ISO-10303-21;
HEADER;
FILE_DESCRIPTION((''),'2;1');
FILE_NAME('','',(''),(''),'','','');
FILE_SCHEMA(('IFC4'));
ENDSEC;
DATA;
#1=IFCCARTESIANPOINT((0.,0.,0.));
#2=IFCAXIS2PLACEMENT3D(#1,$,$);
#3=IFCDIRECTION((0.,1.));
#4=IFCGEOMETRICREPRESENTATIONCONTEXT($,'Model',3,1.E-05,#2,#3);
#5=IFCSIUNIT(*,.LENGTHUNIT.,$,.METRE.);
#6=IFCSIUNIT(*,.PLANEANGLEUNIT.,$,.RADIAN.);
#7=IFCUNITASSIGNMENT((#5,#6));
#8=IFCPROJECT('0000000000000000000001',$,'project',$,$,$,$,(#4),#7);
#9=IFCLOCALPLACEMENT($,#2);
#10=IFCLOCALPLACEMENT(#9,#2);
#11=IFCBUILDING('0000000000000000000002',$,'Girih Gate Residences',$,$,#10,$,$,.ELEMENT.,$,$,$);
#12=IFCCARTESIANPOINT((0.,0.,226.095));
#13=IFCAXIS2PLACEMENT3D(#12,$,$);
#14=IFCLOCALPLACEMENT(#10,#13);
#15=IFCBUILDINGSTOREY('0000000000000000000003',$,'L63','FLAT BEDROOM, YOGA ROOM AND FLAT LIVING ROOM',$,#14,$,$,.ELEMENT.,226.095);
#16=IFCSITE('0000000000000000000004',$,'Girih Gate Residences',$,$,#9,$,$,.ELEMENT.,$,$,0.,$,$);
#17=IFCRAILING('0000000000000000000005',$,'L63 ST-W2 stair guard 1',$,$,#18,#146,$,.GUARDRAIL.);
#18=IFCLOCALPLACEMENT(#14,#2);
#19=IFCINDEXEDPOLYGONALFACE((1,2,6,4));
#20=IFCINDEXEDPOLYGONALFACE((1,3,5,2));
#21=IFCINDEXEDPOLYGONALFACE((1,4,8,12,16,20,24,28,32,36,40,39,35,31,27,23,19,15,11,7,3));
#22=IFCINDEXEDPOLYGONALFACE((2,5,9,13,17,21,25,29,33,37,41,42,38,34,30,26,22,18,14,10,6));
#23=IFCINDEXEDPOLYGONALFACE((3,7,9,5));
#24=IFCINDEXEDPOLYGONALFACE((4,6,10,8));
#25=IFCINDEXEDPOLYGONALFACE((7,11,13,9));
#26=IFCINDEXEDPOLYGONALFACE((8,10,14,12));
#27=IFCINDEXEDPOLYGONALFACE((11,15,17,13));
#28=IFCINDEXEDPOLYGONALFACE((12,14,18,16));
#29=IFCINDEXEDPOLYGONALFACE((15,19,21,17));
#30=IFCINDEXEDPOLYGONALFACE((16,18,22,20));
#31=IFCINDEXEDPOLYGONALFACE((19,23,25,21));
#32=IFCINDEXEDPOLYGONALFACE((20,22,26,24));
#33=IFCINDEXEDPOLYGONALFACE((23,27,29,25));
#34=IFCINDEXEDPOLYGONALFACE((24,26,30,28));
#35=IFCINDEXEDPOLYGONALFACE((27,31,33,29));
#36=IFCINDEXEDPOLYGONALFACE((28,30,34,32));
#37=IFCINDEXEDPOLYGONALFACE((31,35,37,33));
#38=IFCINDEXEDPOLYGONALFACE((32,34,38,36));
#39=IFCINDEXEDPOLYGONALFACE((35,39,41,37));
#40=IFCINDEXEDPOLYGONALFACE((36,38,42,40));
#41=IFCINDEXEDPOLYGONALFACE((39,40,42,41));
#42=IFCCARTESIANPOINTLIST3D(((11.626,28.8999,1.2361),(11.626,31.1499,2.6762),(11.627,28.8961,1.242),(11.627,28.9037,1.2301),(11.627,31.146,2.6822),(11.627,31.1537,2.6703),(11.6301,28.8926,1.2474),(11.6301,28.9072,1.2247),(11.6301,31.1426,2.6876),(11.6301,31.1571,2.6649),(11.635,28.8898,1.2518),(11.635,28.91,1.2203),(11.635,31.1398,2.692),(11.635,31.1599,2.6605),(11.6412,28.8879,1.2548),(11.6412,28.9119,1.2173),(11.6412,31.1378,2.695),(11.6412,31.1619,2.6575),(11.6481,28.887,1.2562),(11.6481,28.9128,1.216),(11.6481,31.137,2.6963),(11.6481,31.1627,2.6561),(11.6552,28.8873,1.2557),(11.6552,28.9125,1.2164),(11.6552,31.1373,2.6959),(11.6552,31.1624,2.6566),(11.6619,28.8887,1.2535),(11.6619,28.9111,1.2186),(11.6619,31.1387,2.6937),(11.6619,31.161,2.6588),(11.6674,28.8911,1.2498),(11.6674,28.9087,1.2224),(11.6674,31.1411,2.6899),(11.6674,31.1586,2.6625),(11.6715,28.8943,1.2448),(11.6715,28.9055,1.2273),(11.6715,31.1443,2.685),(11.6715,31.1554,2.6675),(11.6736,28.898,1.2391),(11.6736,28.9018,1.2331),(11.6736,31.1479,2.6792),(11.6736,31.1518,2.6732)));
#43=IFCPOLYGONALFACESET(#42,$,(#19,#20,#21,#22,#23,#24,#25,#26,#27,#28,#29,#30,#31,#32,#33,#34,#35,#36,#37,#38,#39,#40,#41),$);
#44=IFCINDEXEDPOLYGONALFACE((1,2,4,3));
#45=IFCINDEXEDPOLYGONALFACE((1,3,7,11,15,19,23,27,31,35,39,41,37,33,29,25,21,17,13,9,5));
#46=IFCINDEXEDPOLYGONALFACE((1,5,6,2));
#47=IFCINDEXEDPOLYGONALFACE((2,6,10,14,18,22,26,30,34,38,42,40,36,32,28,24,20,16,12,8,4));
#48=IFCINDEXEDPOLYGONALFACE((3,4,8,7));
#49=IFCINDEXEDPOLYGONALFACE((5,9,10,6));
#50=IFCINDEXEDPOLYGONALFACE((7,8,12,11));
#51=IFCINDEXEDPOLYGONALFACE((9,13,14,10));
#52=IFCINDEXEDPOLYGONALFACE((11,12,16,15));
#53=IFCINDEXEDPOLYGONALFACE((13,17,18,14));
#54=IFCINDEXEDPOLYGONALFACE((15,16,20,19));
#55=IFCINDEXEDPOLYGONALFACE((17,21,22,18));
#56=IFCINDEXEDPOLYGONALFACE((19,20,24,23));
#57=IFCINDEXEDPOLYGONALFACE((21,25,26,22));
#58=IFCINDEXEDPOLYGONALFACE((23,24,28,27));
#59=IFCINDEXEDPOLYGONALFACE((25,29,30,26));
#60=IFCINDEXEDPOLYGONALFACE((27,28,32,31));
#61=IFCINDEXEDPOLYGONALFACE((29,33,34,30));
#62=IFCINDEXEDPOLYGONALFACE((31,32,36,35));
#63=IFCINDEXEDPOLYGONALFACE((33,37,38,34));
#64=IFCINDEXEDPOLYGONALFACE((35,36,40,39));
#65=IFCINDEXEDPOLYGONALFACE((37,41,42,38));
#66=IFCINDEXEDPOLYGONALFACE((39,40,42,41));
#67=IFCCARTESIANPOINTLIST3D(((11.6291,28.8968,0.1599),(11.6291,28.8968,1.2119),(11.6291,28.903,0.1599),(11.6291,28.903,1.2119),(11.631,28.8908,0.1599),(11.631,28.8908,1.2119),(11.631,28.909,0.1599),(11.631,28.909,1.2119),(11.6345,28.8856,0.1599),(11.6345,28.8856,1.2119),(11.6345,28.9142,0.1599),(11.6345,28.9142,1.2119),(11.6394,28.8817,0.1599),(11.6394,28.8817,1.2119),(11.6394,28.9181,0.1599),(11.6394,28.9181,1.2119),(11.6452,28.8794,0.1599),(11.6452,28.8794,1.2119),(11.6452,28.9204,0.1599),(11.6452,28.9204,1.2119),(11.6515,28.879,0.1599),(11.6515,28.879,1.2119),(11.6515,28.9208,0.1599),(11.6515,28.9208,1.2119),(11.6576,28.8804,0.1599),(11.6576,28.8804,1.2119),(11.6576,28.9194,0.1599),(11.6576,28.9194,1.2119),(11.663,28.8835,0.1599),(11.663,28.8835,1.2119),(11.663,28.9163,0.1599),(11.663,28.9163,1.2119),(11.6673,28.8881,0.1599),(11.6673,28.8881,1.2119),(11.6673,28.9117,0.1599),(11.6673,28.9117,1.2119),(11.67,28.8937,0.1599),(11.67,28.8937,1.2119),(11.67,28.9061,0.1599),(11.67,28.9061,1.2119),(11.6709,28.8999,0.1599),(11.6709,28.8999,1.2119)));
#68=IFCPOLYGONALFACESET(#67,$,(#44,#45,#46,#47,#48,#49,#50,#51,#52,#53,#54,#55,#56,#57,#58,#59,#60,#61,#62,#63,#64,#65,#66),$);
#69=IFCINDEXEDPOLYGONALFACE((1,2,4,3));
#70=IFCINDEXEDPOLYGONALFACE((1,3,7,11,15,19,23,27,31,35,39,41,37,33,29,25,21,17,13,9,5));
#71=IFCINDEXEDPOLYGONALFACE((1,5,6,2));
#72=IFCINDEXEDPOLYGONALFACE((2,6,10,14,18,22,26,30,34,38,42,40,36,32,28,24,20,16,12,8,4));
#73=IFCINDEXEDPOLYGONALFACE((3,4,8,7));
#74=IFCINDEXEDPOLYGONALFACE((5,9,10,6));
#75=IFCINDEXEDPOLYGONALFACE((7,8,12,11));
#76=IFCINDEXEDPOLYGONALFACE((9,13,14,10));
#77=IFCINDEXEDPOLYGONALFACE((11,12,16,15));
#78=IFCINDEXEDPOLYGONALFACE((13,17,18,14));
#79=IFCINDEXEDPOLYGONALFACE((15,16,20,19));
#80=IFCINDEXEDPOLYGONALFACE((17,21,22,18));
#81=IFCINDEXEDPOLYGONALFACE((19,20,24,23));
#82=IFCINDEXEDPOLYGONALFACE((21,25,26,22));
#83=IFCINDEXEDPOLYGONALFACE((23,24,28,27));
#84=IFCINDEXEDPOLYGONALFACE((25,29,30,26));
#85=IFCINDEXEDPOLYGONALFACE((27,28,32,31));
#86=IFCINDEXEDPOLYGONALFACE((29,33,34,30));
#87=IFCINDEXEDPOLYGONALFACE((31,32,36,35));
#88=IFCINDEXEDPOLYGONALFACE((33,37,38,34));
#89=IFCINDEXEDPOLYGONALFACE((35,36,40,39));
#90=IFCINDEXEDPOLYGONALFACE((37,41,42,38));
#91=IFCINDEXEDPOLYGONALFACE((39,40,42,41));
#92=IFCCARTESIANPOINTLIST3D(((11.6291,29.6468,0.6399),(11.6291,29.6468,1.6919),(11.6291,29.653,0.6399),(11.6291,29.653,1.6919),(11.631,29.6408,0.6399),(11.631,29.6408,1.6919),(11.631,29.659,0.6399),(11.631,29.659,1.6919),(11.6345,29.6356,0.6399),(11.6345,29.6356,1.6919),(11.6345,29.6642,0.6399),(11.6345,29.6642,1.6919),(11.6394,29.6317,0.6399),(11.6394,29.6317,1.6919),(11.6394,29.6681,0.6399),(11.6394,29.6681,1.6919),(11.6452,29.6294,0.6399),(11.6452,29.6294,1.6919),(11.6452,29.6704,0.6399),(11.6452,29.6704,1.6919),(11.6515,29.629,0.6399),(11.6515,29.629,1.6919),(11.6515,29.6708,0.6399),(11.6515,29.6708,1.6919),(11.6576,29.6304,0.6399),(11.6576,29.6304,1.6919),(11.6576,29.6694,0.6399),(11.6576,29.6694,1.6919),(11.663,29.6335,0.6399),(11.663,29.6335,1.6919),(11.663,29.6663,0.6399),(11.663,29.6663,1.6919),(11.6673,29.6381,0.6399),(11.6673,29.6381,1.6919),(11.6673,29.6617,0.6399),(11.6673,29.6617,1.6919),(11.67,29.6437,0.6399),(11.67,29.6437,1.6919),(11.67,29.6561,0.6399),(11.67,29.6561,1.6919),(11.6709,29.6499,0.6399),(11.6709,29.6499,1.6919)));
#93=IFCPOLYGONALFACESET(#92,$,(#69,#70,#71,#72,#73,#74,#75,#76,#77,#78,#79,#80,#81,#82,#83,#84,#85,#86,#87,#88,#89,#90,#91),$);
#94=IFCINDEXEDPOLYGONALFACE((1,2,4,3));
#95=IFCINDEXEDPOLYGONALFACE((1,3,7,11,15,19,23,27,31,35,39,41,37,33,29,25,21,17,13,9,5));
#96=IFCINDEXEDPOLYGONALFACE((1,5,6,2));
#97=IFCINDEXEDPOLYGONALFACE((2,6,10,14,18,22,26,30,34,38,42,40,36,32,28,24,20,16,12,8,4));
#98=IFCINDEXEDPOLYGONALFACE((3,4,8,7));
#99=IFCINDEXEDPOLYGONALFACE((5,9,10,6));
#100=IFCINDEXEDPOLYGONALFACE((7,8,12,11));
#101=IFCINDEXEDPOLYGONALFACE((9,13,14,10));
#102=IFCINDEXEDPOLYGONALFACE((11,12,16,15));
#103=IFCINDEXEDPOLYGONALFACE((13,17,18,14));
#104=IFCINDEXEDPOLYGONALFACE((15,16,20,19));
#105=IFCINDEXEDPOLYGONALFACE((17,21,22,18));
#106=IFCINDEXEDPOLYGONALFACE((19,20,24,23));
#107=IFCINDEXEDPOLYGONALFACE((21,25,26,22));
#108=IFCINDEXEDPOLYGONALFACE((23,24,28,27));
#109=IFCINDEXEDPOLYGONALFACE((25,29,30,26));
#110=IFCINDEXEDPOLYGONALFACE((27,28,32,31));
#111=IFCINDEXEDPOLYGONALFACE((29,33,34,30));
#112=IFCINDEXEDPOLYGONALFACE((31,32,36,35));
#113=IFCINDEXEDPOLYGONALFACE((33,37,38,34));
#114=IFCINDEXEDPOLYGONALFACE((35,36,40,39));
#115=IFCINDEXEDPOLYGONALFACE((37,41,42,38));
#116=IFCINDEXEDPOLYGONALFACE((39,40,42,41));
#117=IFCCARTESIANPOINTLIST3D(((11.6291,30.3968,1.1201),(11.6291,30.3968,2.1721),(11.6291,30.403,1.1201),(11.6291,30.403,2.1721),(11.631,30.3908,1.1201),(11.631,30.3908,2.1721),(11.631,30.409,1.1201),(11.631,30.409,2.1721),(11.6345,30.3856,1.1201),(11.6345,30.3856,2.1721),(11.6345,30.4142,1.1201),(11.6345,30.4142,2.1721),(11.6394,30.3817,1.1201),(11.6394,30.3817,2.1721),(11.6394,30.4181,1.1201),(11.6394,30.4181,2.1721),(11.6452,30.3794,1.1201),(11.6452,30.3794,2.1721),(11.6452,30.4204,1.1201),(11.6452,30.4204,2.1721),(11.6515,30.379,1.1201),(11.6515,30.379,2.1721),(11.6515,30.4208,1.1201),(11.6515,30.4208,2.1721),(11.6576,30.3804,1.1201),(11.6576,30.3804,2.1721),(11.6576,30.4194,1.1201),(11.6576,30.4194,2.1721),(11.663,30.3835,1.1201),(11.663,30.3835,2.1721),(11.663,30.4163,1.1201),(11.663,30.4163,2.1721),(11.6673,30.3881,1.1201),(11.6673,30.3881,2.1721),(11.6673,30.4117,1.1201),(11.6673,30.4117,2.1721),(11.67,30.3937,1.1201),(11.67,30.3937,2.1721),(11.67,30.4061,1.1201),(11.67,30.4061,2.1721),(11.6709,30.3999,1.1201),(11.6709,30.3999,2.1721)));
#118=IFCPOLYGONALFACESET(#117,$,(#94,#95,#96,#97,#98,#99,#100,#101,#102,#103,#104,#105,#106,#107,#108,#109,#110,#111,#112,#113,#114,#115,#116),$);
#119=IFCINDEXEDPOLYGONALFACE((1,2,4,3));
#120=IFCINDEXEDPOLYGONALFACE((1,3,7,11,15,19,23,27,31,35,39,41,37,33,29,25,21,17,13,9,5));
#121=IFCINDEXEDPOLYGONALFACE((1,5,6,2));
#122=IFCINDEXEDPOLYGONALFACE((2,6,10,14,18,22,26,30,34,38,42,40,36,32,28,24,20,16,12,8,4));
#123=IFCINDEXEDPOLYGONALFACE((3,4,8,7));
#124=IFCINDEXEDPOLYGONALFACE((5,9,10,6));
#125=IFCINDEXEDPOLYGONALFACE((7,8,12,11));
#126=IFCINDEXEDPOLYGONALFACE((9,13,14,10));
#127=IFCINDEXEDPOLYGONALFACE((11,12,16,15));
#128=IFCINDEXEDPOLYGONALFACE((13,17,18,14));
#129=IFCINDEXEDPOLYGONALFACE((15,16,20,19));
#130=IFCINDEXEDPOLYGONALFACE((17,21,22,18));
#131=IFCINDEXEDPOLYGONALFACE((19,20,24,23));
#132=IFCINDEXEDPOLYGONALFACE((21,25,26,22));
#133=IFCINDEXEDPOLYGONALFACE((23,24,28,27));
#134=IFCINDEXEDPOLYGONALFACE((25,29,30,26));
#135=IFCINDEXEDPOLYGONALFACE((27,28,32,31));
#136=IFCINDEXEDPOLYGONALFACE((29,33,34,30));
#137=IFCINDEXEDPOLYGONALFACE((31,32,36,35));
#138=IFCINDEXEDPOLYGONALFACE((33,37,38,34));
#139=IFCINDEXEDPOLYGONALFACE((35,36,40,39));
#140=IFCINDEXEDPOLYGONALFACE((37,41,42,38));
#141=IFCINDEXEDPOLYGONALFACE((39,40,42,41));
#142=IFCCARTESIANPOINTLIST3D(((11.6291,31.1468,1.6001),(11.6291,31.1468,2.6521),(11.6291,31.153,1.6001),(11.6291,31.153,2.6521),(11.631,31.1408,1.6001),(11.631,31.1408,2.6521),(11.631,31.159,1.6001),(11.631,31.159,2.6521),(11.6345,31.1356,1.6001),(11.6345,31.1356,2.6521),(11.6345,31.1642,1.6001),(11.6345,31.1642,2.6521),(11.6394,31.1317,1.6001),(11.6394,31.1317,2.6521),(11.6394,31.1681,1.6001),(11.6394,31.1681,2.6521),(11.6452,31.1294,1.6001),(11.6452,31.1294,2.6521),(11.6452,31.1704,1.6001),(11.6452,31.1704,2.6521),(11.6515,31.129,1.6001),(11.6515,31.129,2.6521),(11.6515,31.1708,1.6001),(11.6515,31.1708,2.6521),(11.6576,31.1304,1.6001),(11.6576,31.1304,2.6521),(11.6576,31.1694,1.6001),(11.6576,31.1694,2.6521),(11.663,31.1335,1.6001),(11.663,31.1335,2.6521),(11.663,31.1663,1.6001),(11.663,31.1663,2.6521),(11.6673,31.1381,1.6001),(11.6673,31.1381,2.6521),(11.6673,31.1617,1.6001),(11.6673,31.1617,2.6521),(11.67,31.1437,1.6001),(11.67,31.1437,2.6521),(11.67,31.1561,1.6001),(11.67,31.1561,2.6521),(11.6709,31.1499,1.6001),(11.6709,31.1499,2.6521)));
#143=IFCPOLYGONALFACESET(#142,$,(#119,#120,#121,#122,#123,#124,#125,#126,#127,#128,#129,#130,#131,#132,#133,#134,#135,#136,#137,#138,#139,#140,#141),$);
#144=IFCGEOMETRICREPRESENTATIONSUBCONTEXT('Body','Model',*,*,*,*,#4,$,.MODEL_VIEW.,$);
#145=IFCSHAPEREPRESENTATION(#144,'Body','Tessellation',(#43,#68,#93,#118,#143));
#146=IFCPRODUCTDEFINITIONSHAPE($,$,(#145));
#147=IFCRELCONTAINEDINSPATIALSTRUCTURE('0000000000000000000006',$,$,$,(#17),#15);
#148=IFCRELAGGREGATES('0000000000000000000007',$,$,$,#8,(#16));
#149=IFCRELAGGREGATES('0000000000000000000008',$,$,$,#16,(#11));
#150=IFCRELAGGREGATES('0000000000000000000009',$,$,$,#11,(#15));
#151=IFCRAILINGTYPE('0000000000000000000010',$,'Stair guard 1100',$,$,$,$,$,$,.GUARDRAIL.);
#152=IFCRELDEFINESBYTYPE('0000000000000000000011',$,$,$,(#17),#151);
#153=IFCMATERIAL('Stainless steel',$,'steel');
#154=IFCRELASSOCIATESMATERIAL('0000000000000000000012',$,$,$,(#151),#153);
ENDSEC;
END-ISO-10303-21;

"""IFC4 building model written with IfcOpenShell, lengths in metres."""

from ifc_helpers import new_model, si_unit, direction, frame, origin, origin_2d, place, context, subcontext, project, spatial, circle, extrude, material, type_object, element, save


model = new_model("IFC4")

# Units and contexts
model_context = context("Model", 3, precision=1e-05, world=origin(), true_north=direction((0.0, 1.0)))
body_context = subcontext(model_context, "Body", "Model", "MODEL_VIEW")
ifc_project = project(units=[si_unit("LENGTHUNIT", "METRE"), si_unit("PLANEANGLEUNIT", "RADIAN")], contexts=[model_context])

# Site, building, storey
site_placement = place(None, origin())
site = spatial("IfcSite", under=ifc_project, at=site_placement, Name="Girih Gate Residences", CompositionType="ELEMENT", RefElevation=0.0)
building_placement = place(site_placement, origin())
building = spatial("IfcBuilding", under=site, at=building_placement, Name="Girih Gate Residences", CompositionType="ELEMENT")
storey_placement = place(building_placement, frame((0.0, 0.0, 226.095)))
storey = spatial("IfcBuildingStorey", under=building, at=storey_placement, Name="L63", Description="FLAT BEDROOM, YOGA ROOM AND FLAT LIVING ROOM", CompositionType="ELEMENT", Elevation=226.095)

# Shared definitions
ifc_material_1 = material(Name="Stainless steel", Category="steel")

# Railing
railing_type_1 = type_object("IfcRailingType", Name="Stair guard 1100", PredefinedType="GUARDRAIL", material=ifc_material_1)
railing_1_placement = place(storey_placement, frame((11.6499, 28.8999, 0.1599)))
element("IfcRailing", 1, at=railing_1_placement, inside=storey, type_object=railing_type_1, Name="L63 ST-W2 stair guard 1", PredefinedType="GUARDRAIL", context=body_context, shape_type="SweptSolid", body=[
    extrude(circle(Radius=0.0239, at=origin_2d()), frame((0.0, 0.0, 1.0762), z_axis=(0.0, 0.84224, 0.539103), x_axis=(-1.0, 0.0, 0.0)), (0.0, 0.0, 1.0), 2.6714),
    extrude(circle(Radius=0.021, at=origin_2d()), origin(), (0.0, 0.0, 1.0), 1.052),
    extrude(circle(Radius=0.021, at=origin_2d()), frame((0.0, 0.75, 0.48)), (0.0, 0.0, 1.0), 1.052),
    extrude(circle(Radius=0.021, at=origin_2d()), frame((0.0, 1.5, 0.9602)), (0.0, 0.0, 1.0), 1.052),
    extrude(circle(Radius=0.021, at=origin_2d()), frame((0.0, 2.25, 1.4402)), (0.0, 0.0, 1.0), 1.052),
])

save(model, "model.ifc")
